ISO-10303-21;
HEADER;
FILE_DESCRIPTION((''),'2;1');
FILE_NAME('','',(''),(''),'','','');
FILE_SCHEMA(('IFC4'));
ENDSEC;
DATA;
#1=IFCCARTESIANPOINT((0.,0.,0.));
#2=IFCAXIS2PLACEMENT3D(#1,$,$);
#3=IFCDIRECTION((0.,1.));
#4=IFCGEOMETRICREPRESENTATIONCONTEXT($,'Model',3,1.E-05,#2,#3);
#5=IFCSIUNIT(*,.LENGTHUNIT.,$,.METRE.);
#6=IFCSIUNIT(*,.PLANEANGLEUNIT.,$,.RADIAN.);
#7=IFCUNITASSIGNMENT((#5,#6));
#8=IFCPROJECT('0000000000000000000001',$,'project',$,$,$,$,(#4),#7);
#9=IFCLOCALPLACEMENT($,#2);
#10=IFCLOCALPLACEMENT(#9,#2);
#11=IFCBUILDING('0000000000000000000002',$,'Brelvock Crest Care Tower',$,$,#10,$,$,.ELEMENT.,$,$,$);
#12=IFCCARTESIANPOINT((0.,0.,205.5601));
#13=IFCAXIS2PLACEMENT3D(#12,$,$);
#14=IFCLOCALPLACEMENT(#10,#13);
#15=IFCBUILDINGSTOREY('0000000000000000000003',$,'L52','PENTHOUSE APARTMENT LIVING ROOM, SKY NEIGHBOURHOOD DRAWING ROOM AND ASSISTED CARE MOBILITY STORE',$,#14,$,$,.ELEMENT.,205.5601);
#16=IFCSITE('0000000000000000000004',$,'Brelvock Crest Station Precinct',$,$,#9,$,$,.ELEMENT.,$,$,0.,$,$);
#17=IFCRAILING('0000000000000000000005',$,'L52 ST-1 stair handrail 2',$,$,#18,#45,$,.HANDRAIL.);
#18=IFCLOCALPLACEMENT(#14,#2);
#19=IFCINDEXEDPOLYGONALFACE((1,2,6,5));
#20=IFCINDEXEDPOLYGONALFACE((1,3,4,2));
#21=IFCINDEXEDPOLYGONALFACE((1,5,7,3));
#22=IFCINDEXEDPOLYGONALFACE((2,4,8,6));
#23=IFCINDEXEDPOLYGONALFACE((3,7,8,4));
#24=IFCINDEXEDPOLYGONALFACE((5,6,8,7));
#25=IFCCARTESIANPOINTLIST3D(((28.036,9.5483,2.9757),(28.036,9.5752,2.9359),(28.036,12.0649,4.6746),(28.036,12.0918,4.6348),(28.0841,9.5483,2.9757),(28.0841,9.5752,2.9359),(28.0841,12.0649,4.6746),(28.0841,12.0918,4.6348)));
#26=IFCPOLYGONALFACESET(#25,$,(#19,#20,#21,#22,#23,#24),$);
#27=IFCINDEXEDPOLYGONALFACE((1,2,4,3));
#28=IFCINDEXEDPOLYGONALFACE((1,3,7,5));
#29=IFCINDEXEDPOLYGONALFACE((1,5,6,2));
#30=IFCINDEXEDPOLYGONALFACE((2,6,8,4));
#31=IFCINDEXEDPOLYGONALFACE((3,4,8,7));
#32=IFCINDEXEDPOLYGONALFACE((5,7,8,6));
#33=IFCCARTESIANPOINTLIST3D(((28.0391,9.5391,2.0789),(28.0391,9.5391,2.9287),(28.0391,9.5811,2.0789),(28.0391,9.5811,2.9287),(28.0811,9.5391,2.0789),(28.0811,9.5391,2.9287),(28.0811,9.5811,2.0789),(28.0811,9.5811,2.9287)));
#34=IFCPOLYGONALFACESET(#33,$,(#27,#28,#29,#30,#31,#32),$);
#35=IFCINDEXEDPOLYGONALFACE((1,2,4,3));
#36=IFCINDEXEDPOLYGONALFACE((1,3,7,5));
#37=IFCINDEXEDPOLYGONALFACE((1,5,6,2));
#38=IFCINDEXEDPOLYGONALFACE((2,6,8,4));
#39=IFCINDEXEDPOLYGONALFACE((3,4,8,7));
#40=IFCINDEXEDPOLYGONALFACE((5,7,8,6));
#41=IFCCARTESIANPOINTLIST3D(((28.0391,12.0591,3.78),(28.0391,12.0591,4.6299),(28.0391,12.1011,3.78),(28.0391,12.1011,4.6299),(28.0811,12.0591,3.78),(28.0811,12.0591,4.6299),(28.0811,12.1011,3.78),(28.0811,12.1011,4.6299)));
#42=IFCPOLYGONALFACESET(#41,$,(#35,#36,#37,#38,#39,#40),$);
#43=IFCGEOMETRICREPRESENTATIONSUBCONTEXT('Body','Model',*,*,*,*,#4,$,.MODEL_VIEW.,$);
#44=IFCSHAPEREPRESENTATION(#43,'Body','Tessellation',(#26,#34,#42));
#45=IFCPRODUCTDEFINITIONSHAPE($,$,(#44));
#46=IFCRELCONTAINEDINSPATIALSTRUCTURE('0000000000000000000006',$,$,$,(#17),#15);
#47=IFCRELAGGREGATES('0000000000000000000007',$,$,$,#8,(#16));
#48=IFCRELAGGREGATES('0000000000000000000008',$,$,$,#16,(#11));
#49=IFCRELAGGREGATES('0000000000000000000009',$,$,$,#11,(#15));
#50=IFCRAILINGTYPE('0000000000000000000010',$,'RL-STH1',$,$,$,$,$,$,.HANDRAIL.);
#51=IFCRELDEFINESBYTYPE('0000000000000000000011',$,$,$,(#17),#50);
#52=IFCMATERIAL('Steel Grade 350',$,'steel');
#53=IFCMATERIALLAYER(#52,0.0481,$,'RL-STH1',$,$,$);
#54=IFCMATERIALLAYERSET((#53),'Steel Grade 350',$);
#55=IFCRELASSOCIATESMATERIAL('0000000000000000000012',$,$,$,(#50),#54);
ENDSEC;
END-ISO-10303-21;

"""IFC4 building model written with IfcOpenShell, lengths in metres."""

from ifc_helpers import new_model, si_unit, direction, frame, origin, origin_2d, place, context, subcontext, project, spatial, rectangle, extrude, material, layer, layer_set, type_object, element, save


model = new_model("IFC4")

# Units and contexts
model_context = context("Model", 3, precision=1e-05, world=origin(), true_north=direction((0.0, 1.0)))
body_context = subcontext(model_context, "Body", "Model", "MODEL_VIEW")
ifc_project = project(units=[si_unit("LENGTHUNIT", "METRE"), si_unit("PLANEANGLEUNIT", "RADIAN")], contexts=[model_context])

# Site, building, storey
site_placement = place(None, origin())
site = spatial("IfcSite", under=ifc_project, at=site_placement, Name="Brelvock Crest Station Precinct", CompositionType="ELEMENT", RefElevation=0.0)
building_placement = place(site_placement, origin())
building = spatial("IfcBuilding", under=site, at=building_placement, Name="Brelvock Crest Care Tower", CompositionType="ELEMENT")
storey_placement = place(building_placement, frame((0.0, 0.0, 205.5601)))
storey = spatial("IfcBuildingStorey", under=building, at=storey_placement, Name="L52", Description="PENTHOUSE APARTMENT LIVING ROOM, SKY NEIGHBOURHOOD DRAWING ROOM AND ASSISTED CARE MOBILITY STORE", CompositionType="ELEMENT", Elevation=205.5601)

# Shared definitions
ifc_material_1 = material(Name="Steel Grade 350", Category="steel")

# Railing
ifc_layer_1 = layer(ifc_material_1, 0.0481, Name="RL-STH1")
ifc_layer_set_1 = layer_set([ifc_layer_1], Name="Steel Grade 350")
railing_type_1 = type_object("IfcRailingType", Name="RL-STH1", PredefinedType="HANDRAIL", material=ifc_layer_set_1)
railing_1_placement = place(storey_placement, frame((28.0601, 9.5601, 2.0789)))
element("IfcRailing", 1, at=railing_1_placement, inside=storey, type_object=railing_type_1, Name="L52 ST-1 stair handrail 2", PredefinedType="HANDRAIL", context=body_context, shape_type="SweptSolid", body=[
    extrude(rectangle(XDim=0.0481, YDim=0.0481, at=origin_2d()), frame((0.0, 0.0017, 0.877), z_axis=(0.0, 0.828824, 0.559509), x_axis=(-1.0, 0.0, 0.0)), (0.0, 0.0, 1.0), 3.0364),
    extrude(rectangle(XDim=0.042, YDim=0.042, at=origin_2d()), origin(), (0.0, 0.0, 1.0), 0.8499),
    extrude(rectangle(XDim=0.042, YDim=0.042, at=origin_2d()), frame((0.0, 2.52, 1.7012)), (0.0, 0.0, 1.0), 0.8499),
])

save(model, "model.ifc")
